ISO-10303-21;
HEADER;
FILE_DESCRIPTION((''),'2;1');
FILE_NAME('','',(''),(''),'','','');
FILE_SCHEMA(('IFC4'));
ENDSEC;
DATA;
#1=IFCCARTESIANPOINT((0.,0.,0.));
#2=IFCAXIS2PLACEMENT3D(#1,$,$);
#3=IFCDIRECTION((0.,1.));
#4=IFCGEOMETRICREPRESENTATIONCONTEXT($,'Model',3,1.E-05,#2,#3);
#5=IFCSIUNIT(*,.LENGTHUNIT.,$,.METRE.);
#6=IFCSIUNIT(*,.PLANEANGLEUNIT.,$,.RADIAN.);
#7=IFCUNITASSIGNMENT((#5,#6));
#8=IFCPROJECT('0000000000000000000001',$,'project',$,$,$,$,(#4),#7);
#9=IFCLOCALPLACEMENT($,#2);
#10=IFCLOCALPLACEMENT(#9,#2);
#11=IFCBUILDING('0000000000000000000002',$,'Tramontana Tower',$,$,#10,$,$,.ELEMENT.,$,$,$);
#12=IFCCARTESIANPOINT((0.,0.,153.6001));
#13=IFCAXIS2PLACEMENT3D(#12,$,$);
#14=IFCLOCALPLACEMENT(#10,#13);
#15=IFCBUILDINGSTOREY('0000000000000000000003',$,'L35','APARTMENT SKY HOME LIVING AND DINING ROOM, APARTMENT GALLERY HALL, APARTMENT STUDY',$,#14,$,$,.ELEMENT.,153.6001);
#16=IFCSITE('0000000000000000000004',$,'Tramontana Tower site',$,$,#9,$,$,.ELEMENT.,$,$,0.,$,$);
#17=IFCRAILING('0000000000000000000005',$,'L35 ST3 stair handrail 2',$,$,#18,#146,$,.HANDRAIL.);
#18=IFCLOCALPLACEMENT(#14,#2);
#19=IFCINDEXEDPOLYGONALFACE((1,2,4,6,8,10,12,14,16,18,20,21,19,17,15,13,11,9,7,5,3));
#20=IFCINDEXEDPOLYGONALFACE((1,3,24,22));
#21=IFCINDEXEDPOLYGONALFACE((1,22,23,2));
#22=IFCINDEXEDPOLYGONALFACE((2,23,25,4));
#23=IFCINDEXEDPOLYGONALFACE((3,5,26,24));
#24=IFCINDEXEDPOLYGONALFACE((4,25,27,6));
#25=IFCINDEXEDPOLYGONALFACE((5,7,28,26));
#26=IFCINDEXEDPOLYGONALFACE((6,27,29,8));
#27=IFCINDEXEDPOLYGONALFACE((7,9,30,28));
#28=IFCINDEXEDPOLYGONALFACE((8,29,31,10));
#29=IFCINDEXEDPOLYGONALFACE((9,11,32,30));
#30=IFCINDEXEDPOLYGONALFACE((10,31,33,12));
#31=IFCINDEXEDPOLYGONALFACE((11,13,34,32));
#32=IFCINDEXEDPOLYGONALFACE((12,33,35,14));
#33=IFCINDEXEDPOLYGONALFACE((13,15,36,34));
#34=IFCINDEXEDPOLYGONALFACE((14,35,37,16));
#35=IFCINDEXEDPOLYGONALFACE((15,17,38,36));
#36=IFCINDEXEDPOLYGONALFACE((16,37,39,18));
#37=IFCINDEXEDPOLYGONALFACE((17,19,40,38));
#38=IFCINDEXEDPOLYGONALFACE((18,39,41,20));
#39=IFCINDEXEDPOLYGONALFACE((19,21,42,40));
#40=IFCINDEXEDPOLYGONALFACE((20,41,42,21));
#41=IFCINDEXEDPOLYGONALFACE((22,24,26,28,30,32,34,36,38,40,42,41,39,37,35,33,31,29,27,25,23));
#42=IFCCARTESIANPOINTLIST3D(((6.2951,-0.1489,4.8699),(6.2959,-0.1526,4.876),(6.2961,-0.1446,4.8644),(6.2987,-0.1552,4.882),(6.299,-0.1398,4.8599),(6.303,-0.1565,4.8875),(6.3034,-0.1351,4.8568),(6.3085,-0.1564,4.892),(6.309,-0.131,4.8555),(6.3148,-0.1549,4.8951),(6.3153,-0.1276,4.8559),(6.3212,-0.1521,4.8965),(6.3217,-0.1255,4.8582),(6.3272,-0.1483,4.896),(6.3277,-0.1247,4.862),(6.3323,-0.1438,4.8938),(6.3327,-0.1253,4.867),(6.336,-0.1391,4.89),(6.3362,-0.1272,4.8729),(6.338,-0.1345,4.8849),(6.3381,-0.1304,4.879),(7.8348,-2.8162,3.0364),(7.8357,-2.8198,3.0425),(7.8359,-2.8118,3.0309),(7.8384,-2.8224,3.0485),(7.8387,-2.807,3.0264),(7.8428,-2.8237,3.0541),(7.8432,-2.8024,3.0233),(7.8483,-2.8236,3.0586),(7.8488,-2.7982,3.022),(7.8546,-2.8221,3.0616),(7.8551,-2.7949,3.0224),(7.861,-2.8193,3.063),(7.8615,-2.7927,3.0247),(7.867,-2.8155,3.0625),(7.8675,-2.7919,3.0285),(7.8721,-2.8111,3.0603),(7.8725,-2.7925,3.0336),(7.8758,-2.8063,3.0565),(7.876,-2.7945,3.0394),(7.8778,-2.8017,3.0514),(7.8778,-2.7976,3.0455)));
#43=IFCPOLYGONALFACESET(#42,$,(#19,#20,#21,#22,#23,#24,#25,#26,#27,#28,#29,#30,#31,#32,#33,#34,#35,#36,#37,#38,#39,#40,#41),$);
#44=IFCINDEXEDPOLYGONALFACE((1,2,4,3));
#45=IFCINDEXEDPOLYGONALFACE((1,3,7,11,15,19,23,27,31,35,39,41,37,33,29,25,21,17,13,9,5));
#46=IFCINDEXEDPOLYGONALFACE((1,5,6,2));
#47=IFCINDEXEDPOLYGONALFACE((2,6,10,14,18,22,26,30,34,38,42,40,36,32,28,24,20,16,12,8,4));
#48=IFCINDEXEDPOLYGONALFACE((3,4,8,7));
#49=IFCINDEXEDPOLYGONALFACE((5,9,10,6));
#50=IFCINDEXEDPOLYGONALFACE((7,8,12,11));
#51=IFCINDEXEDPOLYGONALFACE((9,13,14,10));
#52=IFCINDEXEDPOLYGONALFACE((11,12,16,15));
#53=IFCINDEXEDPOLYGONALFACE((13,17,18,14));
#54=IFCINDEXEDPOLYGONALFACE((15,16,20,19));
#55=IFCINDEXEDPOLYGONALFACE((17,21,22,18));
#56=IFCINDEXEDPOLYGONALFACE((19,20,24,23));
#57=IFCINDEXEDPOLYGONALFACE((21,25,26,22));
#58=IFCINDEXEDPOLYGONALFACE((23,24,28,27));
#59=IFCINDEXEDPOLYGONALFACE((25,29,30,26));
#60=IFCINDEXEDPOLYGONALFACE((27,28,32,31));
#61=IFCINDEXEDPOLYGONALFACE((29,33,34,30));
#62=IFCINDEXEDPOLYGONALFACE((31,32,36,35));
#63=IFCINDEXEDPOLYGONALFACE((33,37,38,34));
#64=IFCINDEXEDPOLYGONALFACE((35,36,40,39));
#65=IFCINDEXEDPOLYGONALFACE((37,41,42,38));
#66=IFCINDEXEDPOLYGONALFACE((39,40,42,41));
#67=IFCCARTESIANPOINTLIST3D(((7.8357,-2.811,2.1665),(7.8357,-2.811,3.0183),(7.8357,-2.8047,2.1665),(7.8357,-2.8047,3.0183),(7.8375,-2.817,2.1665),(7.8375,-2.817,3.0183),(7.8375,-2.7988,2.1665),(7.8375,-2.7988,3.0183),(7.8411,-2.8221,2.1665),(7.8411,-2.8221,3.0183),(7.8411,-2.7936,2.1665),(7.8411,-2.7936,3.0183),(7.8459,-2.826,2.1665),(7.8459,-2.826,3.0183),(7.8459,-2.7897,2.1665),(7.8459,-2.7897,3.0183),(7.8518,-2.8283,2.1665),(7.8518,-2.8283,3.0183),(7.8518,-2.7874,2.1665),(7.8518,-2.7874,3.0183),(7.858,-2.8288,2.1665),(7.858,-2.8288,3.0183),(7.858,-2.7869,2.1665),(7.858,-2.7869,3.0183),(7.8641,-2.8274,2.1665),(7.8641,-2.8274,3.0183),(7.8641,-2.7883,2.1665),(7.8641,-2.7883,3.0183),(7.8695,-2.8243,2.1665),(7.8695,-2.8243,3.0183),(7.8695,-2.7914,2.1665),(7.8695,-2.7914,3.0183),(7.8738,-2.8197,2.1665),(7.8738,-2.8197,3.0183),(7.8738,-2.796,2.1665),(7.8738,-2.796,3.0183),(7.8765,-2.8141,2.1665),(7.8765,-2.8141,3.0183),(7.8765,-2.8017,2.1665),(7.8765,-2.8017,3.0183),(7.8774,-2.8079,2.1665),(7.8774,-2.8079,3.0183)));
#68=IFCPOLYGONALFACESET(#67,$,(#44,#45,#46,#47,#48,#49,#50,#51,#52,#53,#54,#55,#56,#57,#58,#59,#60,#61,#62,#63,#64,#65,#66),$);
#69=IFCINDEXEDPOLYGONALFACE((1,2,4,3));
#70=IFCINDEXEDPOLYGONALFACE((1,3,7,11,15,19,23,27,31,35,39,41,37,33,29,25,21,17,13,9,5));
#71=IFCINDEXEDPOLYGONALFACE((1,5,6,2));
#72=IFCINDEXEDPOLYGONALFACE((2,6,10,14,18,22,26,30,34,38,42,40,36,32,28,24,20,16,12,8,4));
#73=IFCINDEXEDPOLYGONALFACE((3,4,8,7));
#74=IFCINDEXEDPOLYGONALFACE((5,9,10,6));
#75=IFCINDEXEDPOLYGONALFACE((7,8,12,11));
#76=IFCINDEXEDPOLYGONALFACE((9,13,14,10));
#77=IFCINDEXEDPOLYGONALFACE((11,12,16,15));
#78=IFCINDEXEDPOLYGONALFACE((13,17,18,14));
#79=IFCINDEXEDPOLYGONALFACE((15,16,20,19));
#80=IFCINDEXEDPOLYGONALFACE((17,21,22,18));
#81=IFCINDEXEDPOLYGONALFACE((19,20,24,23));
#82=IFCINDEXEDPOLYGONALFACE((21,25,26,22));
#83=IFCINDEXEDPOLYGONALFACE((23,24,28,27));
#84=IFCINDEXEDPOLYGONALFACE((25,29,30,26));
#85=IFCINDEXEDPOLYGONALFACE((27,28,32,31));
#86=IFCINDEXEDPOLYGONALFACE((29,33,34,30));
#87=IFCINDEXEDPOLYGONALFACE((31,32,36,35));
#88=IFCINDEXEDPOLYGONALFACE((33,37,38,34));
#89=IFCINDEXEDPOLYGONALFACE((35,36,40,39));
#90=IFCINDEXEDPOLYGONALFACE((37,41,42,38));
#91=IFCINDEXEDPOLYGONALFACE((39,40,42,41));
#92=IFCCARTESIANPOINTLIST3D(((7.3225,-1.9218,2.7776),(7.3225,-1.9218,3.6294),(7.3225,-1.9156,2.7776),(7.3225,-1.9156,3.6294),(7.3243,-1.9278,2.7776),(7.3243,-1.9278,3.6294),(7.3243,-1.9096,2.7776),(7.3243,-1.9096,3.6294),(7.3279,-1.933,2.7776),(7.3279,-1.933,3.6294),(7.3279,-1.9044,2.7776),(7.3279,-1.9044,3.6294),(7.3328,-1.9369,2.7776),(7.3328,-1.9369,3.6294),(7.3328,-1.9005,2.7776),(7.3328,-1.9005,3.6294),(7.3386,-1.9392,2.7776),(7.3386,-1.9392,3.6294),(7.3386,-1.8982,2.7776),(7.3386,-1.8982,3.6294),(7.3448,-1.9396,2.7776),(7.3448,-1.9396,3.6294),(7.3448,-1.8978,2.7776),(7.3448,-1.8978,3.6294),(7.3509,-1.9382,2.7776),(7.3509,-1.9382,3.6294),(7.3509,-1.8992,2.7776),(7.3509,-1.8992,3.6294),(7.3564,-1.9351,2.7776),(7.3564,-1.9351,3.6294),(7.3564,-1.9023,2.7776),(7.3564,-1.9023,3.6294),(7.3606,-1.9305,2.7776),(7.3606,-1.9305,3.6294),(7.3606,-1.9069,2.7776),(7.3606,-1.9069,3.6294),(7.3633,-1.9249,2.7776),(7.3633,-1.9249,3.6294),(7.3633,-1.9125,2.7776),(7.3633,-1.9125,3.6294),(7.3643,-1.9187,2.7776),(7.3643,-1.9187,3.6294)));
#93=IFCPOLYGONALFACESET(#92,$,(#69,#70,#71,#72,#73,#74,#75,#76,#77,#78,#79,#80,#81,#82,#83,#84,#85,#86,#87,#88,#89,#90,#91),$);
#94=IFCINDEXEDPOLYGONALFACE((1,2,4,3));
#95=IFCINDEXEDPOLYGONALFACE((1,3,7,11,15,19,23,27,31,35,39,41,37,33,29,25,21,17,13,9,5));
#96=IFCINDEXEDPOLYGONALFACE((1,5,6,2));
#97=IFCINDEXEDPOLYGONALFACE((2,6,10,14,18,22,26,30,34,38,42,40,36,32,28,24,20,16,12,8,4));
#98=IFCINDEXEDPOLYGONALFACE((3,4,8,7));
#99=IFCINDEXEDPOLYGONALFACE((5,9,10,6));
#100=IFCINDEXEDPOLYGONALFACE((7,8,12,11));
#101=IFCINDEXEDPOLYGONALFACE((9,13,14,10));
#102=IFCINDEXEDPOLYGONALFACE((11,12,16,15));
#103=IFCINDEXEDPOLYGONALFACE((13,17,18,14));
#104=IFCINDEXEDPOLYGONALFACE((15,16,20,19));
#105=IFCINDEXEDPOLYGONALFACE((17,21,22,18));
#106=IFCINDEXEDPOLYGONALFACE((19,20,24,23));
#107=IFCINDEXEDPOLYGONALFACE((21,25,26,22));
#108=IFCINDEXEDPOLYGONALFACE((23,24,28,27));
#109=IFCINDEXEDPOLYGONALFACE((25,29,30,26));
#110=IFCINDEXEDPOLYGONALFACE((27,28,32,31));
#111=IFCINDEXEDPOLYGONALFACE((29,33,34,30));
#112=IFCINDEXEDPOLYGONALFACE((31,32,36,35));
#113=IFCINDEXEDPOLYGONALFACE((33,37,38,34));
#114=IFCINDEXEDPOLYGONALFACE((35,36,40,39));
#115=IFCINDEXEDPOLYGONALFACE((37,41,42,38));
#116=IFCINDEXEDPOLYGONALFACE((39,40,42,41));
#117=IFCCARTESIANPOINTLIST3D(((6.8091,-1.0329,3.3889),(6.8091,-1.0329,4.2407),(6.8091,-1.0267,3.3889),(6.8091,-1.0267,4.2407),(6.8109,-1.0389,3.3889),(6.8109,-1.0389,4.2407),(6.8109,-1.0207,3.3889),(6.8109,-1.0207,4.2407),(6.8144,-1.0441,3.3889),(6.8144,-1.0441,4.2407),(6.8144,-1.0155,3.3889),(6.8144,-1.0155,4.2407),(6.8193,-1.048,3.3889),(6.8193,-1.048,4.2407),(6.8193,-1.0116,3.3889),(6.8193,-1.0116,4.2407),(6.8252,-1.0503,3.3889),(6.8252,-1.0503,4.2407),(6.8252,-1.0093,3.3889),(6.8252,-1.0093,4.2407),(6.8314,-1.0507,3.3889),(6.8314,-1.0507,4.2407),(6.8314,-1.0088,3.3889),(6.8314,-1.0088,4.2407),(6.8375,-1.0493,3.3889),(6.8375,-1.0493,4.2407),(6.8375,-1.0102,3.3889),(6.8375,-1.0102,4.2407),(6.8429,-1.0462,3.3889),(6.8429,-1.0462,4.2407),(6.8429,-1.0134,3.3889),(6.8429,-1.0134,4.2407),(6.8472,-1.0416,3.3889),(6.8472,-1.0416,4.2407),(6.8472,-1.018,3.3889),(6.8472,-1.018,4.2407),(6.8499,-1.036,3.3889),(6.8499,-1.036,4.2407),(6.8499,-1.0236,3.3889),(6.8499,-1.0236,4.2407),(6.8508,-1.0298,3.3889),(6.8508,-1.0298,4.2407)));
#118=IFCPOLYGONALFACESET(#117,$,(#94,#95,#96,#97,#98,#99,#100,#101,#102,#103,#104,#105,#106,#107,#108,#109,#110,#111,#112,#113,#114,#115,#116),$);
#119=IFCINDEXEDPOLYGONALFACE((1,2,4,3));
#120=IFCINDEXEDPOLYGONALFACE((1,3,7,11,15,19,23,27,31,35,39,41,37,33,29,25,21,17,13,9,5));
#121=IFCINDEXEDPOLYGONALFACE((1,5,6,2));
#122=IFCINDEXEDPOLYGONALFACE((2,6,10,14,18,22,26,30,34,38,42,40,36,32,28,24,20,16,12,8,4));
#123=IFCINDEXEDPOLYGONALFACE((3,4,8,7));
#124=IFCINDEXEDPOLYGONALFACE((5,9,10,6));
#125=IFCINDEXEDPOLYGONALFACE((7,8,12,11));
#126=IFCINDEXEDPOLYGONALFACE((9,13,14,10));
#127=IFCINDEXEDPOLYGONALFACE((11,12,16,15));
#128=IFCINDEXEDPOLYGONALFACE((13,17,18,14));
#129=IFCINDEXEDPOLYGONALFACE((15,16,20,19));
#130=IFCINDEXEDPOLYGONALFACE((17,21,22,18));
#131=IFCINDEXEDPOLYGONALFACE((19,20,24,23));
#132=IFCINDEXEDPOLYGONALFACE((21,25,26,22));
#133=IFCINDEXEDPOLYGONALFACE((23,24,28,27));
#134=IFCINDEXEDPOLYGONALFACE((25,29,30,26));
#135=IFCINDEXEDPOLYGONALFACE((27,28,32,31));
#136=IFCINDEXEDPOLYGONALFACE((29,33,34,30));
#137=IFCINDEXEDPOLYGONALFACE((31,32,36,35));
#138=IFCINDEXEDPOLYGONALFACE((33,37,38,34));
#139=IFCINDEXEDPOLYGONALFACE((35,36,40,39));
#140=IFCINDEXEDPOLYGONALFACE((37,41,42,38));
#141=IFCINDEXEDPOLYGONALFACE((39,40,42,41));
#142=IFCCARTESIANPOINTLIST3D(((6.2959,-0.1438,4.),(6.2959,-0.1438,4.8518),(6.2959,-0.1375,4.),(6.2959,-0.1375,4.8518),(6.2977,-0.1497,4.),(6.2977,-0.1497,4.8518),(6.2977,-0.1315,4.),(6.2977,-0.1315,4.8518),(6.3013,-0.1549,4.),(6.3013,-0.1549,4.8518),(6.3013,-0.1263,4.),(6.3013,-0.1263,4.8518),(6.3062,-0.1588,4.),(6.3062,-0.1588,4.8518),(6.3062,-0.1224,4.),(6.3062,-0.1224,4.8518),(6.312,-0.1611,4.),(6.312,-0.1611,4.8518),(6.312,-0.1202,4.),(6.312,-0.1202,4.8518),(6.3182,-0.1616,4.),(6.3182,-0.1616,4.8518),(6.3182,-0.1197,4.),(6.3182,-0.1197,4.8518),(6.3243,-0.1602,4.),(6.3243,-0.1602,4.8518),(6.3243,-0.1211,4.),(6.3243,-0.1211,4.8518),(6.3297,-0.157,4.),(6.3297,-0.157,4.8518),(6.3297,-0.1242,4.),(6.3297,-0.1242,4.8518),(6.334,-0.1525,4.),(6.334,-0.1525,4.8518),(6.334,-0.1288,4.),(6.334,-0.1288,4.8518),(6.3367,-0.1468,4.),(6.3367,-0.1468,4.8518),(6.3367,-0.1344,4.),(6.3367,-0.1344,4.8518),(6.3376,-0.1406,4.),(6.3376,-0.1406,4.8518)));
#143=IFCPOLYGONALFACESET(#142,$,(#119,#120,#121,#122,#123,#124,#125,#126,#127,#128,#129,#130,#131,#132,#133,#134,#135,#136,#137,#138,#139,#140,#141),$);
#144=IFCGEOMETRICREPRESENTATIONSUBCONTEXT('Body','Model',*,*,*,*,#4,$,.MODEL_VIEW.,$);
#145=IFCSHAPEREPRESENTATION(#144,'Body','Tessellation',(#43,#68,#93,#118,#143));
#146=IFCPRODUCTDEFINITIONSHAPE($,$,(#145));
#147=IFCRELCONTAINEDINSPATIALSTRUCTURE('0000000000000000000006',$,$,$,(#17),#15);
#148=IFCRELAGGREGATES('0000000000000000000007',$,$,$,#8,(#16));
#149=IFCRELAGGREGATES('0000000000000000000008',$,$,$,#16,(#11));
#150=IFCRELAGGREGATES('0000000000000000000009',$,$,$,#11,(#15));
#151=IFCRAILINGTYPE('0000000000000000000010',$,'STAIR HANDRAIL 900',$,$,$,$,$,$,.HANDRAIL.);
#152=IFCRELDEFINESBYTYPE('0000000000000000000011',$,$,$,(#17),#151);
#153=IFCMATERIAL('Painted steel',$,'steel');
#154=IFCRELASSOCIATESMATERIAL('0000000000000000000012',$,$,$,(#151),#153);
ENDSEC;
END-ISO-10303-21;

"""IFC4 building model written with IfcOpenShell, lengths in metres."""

from ifc_helpers import new_model, si_unit, direction, frame, origin, origin_2d, place, context, subcontext, project, spatial, circle, extrude, material, type_object, element, save


model = new_model("IFC4")

# Units and contexts
model_context = context("Model", 3, precision=1e-05, world=origin(), true_north=direction((0.0, 1.0)))
body_context = subcontext(model_context, "Body", "Model", "MODEL_VIEW")
ifc_project = project(units=[si_unit("LENGTHUNIT", "METRE"), si_unit("PLANEANGLEUNIT", "RADIAN")], contexts=[model_context])

# Site, building, storey
site_placement = place(None, origin())
site = spatial("IfcSite", under=ifc_project, at=site_placement, Name="Tramontana Tower site", CompositionType="ELEMENT", RefElevation=0.0)
building_placement = place(site_placement, origin())
building = spatial("IfcBuilding", under=site, at=building_placement, Name="Tramontana Tower", CompositionType="ELEMENT")
storey_placement = place(building_placement, frame((0.0, 0.0, 153.6001)))
storey = spatial("IfcBuildingStorey", under=building, at=storey_placement, Name="L35", Description="APARTMENT SKY HOME LIVING AND DINING ROOM, APARTMENT GALLERY HALL, APARTMENT STUDY", CompositionType="ELEMENT", Elevation=153.6001)

# Railing
ifc_material_1 = material(Name="Painted steel", Category="steel")
railing_type_1 = type_object("IfcRailingType", Name="STAIR HANDRAIL 900", PredefinedType="HANDRAIL", material=ifc_material_1)
railing_1_placement = place(storey_placement, frame((7.8564, -2.8079, 2.1665)))
element("IfcRailing", 1, at=railing_1_placement, inside=storey, type_object=railing_type_1, Name="L35 ST3 stair handrail 2", PredefinedType="HANDRAIL", context=body_context, shape_type="SweptSolid", body=[
    extrude(circle(Radius=0.0239, at=origin_2d()), frame((0.0, 0.0, 0.876), z_axis=(-0.429601, 0.744155, 0.511543), x_axis=(-0.866044, -0.499967, 0.0)), (0.0, 0.0, 1.0), 3.5842),
    extrude(circle(Radius=0.021, at=origin_2d()), origin(), (0.0, 0.0, 1.0), 0.8518),
    extrude(circle(Radius=0.021, at=origin_2d()), frame((-0.5132, 0.8892, 0.6111)), (0.0, 0.0, 1.0), 0.8518),
    extrude(circle(Radius=0.021, at=origin_2d()), frame((-1.0266, 1.7781, 1.2224)), (0.0, 0.0, 1.0), 0.8518),
    extrude(circle(Radius=0.021, at=origin_2d()), frame((-1.5398, 2.6672, 1.8335)), (0.0, 0.0, 1.0), 0.8518),
])

save(model, "model.ifc")
